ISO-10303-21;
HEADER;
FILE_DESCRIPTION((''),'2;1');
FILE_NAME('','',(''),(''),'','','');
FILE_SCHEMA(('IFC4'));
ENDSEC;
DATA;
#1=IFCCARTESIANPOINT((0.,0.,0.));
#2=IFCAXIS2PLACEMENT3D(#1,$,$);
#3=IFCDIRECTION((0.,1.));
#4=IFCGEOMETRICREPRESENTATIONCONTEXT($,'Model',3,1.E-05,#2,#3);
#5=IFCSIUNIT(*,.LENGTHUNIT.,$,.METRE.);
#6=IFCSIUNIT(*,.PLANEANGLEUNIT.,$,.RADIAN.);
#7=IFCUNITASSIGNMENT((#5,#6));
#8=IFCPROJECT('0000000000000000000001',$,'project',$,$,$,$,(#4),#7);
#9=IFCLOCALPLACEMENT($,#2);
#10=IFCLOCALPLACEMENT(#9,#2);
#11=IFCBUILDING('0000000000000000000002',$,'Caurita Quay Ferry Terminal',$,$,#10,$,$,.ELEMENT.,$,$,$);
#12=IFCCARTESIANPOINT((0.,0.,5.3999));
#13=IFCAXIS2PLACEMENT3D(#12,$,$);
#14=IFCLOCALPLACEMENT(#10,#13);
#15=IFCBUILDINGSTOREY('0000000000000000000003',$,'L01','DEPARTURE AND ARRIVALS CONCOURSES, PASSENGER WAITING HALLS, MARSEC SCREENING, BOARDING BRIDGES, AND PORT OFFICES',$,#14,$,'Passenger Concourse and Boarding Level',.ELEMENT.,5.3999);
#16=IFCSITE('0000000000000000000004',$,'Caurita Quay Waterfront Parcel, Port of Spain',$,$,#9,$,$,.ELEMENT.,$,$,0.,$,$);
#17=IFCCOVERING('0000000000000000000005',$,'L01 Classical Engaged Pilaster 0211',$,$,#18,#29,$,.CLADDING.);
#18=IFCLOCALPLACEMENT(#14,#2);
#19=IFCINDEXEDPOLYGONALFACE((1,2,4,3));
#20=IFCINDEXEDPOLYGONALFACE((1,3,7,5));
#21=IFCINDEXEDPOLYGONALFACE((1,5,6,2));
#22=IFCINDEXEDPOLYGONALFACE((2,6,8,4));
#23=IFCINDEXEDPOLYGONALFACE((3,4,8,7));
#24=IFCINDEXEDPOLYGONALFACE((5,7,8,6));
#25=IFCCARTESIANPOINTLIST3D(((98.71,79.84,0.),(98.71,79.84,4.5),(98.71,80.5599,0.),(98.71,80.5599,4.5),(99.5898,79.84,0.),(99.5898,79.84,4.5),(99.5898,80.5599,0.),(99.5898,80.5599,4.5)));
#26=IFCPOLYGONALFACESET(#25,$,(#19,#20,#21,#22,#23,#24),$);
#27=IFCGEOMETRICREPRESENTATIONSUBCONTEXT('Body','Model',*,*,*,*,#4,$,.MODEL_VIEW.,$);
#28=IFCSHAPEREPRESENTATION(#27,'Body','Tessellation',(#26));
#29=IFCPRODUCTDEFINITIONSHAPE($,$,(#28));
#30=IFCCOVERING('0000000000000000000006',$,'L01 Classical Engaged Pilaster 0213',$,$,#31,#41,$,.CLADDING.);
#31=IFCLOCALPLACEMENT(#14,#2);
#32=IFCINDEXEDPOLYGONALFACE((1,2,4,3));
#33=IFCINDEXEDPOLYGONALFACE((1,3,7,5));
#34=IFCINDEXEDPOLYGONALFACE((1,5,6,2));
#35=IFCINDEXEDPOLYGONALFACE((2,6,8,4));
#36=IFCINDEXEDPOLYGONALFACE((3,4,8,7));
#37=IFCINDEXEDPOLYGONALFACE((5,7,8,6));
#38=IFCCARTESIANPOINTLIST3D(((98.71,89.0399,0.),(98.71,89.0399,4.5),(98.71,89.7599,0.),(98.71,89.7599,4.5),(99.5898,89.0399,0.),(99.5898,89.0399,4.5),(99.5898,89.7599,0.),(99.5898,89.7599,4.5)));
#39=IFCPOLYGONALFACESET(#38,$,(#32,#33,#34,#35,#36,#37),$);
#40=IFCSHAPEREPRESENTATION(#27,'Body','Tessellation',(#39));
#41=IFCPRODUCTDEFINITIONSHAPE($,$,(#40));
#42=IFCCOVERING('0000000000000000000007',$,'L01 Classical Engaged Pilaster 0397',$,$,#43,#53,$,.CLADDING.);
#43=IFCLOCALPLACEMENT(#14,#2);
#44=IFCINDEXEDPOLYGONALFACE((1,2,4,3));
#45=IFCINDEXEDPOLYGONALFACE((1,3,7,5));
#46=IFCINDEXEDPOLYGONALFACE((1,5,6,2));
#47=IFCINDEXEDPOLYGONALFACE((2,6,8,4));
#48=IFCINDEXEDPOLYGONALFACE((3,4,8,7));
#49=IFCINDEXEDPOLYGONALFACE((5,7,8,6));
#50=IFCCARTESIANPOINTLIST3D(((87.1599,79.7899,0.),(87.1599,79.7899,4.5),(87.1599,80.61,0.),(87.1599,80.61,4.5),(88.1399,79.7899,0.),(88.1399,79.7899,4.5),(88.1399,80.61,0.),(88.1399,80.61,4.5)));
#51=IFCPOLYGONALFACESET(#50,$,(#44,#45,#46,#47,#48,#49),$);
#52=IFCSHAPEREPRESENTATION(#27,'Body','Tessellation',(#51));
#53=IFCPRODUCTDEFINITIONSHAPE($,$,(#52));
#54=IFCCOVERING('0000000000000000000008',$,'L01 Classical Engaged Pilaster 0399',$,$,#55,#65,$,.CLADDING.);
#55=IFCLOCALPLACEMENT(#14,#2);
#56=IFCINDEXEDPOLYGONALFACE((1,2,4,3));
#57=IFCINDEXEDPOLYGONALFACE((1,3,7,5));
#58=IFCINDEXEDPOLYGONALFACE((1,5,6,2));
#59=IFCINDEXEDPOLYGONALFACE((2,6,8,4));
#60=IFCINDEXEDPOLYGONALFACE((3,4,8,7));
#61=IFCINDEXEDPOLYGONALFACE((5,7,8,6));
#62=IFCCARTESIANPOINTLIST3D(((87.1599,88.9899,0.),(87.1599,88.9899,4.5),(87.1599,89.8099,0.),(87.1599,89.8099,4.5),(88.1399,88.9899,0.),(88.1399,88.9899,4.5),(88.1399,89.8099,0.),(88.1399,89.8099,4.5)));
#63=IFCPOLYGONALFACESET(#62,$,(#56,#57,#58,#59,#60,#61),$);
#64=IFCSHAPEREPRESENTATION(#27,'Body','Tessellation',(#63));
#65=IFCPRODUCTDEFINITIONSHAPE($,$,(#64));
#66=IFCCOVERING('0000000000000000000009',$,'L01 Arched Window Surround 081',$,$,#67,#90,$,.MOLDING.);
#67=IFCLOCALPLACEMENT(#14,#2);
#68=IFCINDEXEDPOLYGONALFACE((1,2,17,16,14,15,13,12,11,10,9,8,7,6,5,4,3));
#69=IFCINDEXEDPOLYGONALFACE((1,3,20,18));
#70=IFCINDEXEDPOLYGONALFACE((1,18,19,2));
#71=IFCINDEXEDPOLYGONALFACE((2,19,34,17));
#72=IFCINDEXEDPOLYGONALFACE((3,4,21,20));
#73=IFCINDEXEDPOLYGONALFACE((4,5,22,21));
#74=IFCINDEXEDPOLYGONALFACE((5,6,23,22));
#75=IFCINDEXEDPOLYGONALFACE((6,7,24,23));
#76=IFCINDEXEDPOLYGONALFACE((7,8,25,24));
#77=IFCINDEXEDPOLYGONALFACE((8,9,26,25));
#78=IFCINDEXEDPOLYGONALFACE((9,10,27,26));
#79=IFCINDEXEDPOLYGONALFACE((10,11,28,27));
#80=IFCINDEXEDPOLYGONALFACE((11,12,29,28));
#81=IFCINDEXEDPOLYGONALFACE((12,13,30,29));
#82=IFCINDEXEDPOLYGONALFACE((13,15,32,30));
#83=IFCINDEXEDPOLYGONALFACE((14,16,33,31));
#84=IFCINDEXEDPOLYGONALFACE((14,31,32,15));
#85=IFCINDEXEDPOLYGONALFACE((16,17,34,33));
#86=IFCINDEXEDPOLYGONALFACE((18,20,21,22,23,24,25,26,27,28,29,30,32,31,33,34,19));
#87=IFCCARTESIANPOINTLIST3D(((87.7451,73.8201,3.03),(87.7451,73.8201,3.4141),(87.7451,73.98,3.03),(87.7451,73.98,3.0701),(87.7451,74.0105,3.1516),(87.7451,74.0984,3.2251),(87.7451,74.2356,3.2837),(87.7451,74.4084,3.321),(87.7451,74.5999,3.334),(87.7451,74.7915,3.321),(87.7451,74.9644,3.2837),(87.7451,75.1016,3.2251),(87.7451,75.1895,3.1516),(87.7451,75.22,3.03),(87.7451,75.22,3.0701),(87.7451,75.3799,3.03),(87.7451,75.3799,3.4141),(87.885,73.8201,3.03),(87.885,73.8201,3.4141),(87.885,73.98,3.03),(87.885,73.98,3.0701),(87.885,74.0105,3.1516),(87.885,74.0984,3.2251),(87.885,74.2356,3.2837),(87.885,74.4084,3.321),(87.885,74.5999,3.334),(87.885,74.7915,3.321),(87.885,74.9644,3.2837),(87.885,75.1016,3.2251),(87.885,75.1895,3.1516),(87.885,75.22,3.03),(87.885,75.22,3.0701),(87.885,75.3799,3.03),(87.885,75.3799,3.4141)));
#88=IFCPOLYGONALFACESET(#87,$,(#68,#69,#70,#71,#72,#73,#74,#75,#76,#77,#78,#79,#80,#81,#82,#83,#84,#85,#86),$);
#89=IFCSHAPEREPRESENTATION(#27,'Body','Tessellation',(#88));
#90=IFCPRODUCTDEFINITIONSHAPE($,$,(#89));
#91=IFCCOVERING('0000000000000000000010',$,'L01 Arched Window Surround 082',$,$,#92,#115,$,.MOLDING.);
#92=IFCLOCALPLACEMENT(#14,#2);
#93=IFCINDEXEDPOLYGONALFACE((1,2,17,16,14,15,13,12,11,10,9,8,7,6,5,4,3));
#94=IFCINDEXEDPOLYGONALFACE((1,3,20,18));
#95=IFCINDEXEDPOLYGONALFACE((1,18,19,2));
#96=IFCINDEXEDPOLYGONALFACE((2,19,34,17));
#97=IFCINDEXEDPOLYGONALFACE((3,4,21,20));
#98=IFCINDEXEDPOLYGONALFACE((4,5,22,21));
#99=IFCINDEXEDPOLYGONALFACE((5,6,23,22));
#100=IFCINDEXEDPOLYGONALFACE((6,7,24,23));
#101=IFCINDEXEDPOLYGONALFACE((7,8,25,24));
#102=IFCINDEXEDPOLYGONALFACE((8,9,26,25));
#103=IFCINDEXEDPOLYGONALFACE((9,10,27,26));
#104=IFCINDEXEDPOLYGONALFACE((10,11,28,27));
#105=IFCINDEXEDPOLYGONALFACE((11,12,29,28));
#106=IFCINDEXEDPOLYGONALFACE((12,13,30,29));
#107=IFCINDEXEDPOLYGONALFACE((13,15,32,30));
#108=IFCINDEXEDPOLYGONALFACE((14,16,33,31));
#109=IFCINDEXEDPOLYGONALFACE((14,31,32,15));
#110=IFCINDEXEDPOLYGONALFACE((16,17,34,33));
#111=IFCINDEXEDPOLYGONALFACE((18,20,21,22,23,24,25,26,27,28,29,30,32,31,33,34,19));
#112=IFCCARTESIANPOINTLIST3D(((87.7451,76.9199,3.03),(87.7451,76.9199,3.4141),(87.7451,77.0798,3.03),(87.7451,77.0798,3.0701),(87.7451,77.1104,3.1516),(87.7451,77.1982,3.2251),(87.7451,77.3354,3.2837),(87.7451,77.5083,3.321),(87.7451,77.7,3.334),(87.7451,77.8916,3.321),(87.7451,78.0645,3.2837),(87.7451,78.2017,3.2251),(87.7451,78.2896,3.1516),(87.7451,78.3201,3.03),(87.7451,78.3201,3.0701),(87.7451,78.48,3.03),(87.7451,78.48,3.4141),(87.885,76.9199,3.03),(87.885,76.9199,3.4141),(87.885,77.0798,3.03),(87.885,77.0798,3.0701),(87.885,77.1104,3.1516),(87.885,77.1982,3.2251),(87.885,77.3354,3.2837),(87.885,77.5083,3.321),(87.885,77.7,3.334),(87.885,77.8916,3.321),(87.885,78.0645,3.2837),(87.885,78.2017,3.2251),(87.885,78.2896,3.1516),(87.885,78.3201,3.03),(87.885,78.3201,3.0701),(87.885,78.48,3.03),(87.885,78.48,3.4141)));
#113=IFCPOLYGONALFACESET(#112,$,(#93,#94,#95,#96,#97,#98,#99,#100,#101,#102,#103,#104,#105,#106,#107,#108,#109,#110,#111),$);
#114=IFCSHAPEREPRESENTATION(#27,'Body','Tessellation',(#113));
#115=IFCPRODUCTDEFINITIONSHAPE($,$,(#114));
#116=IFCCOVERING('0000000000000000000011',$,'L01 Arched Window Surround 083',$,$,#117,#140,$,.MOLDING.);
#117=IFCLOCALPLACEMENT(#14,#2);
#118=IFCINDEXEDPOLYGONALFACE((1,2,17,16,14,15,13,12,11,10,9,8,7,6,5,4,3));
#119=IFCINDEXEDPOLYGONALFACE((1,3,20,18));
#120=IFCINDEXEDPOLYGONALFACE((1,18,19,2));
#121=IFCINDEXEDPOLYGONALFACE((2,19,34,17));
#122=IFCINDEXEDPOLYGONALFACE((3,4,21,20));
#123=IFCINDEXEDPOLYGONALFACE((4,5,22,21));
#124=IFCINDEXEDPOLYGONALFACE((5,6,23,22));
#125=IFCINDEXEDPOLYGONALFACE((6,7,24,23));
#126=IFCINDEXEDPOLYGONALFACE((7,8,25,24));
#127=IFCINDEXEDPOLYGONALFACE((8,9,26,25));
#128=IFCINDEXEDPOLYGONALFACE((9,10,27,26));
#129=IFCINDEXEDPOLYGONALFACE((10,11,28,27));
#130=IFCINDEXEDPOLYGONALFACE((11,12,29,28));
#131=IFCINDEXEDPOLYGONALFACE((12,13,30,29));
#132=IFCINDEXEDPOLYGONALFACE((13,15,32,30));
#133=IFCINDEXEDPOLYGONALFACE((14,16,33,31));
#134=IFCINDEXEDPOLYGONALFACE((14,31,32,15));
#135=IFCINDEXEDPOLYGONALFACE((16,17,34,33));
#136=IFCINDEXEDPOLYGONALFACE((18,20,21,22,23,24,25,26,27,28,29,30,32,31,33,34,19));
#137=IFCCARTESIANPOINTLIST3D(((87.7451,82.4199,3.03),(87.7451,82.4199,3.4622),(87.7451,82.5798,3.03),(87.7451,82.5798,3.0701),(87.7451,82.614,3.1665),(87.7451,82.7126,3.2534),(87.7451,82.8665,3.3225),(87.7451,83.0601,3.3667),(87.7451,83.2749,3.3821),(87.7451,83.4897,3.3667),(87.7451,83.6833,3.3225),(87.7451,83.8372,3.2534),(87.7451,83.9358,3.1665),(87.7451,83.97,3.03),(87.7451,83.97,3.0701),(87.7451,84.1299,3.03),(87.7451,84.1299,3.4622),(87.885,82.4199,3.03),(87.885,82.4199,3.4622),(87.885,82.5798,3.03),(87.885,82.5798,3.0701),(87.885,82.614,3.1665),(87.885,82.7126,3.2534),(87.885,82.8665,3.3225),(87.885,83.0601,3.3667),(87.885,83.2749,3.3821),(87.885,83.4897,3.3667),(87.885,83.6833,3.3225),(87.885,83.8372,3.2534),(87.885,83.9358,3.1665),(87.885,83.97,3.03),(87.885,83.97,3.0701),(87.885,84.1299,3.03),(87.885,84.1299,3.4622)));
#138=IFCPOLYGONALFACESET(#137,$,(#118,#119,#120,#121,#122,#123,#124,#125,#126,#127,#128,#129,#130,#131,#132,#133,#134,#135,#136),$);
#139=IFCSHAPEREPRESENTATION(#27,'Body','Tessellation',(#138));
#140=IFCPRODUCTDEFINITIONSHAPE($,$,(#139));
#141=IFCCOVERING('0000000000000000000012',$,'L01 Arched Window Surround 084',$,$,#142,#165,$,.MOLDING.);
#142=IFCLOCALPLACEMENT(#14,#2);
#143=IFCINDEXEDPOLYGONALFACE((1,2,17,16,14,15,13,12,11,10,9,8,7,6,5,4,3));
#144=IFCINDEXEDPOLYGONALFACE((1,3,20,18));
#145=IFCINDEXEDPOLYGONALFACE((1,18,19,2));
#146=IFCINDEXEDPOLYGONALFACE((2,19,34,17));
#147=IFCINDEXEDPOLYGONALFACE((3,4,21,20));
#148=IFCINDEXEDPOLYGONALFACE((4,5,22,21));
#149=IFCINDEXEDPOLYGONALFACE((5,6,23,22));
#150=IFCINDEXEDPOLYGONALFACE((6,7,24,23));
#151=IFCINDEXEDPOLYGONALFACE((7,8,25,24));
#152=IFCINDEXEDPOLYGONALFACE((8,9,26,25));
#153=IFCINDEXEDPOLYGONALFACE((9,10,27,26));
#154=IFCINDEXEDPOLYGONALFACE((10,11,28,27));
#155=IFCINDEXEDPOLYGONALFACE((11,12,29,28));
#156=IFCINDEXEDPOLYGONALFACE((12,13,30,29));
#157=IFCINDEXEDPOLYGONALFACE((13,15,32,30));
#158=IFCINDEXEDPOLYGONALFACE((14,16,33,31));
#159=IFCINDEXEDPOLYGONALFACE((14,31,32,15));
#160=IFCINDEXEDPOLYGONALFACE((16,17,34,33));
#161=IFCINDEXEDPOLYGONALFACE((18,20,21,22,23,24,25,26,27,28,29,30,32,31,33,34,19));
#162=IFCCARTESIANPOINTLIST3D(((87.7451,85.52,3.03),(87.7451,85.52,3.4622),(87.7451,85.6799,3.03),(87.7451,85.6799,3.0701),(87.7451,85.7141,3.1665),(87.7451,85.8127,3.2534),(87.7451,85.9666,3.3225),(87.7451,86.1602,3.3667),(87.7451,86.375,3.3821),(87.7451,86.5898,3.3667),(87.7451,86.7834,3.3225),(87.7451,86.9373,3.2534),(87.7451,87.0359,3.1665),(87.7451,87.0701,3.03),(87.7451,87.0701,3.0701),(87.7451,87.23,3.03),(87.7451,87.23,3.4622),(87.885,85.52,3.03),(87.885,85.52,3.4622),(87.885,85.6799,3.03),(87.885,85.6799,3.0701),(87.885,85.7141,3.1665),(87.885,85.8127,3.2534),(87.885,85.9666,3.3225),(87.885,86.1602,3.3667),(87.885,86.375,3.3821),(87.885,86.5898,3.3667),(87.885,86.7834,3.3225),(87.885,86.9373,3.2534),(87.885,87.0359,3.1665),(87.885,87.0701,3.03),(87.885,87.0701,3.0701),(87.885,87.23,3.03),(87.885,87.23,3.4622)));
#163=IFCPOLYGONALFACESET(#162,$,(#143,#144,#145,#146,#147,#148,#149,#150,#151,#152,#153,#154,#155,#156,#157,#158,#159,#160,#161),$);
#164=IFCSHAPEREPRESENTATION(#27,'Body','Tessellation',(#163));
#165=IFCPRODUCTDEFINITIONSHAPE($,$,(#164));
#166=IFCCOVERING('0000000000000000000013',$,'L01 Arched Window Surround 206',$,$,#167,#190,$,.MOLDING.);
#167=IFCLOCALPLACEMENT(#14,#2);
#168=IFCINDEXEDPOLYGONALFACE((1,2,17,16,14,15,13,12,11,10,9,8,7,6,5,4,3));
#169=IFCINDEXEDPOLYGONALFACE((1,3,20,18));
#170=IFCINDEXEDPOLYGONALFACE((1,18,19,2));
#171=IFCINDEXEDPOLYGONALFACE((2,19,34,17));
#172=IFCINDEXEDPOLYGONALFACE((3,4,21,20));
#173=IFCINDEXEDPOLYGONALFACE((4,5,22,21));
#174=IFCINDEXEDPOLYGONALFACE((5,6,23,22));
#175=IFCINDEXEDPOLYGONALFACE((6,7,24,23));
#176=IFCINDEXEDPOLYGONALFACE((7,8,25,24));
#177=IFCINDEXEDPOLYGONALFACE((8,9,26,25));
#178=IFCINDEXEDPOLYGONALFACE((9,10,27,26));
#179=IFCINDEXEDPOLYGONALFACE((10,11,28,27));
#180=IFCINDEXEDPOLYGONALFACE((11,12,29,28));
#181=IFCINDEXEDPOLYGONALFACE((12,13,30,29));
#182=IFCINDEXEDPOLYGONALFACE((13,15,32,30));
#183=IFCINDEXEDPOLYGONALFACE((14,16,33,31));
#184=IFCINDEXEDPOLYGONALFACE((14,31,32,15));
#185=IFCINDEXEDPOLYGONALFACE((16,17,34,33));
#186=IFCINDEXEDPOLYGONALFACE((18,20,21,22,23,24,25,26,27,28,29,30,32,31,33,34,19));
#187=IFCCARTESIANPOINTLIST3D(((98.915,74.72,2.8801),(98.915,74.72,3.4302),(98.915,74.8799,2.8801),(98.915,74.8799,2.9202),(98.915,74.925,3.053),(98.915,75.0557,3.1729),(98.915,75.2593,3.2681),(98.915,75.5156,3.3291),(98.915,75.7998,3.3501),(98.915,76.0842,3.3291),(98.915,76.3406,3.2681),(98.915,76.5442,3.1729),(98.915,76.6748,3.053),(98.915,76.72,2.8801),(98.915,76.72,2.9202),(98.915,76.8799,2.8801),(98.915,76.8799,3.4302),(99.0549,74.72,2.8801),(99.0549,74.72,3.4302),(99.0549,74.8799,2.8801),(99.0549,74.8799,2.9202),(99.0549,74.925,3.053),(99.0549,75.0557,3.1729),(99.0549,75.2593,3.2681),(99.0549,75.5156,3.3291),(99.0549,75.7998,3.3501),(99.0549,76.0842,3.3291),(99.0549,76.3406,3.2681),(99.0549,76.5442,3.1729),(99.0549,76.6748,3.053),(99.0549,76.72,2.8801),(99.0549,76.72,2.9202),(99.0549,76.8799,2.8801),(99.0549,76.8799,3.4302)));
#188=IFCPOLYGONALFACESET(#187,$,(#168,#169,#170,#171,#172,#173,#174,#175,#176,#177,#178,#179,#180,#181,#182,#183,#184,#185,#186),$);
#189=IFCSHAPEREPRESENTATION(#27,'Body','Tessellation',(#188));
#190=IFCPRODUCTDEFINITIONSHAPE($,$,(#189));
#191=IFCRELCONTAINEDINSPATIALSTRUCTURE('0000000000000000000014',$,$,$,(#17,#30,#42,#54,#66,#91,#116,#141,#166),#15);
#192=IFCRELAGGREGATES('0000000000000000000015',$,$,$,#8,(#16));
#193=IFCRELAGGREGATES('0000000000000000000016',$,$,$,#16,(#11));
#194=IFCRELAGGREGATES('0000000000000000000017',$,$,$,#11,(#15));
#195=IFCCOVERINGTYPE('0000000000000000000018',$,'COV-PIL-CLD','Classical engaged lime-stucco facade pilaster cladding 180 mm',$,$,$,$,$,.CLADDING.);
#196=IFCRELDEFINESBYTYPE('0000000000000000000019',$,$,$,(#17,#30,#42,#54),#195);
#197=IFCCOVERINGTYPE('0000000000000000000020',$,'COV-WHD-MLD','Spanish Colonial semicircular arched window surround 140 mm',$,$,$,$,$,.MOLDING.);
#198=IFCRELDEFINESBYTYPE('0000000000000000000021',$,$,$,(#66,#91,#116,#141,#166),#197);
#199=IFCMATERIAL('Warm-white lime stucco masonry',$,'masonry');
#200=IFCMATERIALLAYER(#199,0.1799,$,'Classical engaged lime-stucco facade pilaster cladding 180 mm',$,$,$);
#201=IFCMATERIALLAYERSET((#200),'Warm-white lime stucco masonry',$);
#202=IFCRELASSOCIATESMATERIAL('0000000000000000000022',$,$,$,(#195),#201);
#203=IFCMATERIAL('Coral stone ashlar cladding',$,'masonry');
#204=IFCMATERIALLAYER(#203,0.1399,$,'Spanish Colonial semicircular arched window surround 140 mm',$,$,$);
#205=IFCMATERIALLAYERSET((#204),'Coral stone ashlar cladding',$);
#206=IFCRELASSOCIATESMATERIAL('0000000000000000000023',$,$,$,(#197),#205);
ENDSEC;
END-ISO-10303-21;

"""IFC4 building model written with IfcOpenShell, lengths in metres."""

from ifc_helpers import new_model, si_unit, direction, frame, origin, origin_2d, place, context, subcontext, project, spatial, polyline, rectangle, outline, extrude, material, layer, layer_set, type_object, element, save


model = new_model("IFC4")

# Units and contexts
model_context = context("Model", 3, precision=1e-05, world=origin(), true_north=direction((0.0, 1.0)))
body_context = subcontext(model_context, "Body", "Model", "MODEL_VIEW")
ifc_project = project(units=[si_unit("LENGTHUNIT", "METRE"), si_unit("PLANEANGLEUNIT", "RADIAN")], contexts=[model_context])

# Site, building, storey
site_placement = place(None, origin())
site = spatial("IfcSite", under=ifc_project, at=site_placement, Name="Caurita Quay Waterfront Parcel, Port of Spain", CompositionType="ELEMENT", RefElevation=0.0)
building_placement = place(site_placement, origin())
building = spatial("IfcBuilding", under=site, at=building_placement, Name="Caurita Quay Ferry Terminal", CompositionType="ELEMENT")
storey_placement = place(building_placement, frame((0.0, 0.0, 5.3999)))
storey = spatial("IfcBuildingStorey", under=building, at=storey_placement, Name="L01", Description="DEPARTURE AND ARRIVALS CONCOURSES, PASSENGER WAITING HALLS, MARSEC SCREENING, BOARDING BRIDGES, AND PORT OFFICES", LongName="Passenger Concourse and Boarding Level", CompositionType="ELEMENT", Elevation=5.3999)

# Coverings
ifc_material_1 = material(Name="Warm-white lime stucco masonry", Category="masonry")
ifc_layer_1 = layer(ifc_material_1, 0.1799, Name="Classical engaged lime-stucco facade pilaster cladding 180 mm")
ifc_layer_set_1 = layer_set([ifc_layer_1], Name="Warm-white lime stucco masonry")
covering_type_1 = type_object("IfcCoveringType", Name="COV-PIL-CLD", Description="Classical engaged lime-stucco facade pilaster cladding 180 mm", PredefinedType="CLADDING", material=ifc_layer_set_1)
for number, where, z_axis, x_axis, name in (
    (1, (99.1499, 80.2, 0.0), (0.0, 0.0, 1.0), (1.0, 0.0, 0.0), "L01 Classical Engaged Pilaster 0211"),
    (2, (99.1499, 89.3999, 0.0), (0.0, 0.0, 1.0), (1.0, 0.0, 0.0), "L01 Classical Engaged Pilaster 0213"),
):
    element("IfcCovering", number, at=place(storey_placement, frame(where, z_axis=z_axis, x_axis=x_axis)), inside=storey, type_object=covering_type_1, Name=name, PredefinedType="CLADDING", context=body_context, shape_type="SweptSolid", body=[
        extrude(rectangle(XDim=0.8799, YDim=0.72, at=origin_2d()), origin(), (0.0, 0.0, 1.0), 4.5),
    ])
for number, where, z_axis, x_axis, name in (
    (3, (87.6499, 80.2, 0.0), (0.0, 0.0, 1.0), (1.0, 0.0, 0.0), "L01 Classical Engaged Pilaster 0397"),
    (4, (87.6499, 89.3999, 0.0), (0.0, 0.0, 1.0), (1.0, 0.0, 0.0), "L01 Classical Engaged Pilaster 0399"),
):
    element("IfcCovering", number, at=place(storey_placement, frame(where, z_axis=z_axis, x_axis=x_axis)), inside=storey, type_object=covering_type_1, Name=name, PredefinedType="CLADDING", context=body_context, shape_type="SweptSolid", body=[
        extrude(rectangle(XDim=0.98, YDim=0.8201, at=origin_2d()), origin(), (0.0, 0.0, 1.0), 4.5),
    ])
ifc_material_2 = material(Name="Coral stone ashlar cladding", Category="masonry")
ifc_layer_2 = layer(ifc_material_2, 0.1399, Name="Spanish Colonial semicircular arched window surround 140 mm")
ifc_layer_set_2 = layer_set([ifc_layer_2], Name="Coral stone ashlar cladding")
covering_type_2 = type_object("IfcCoveringType", Name="COV-WHD-MLD", Description="Spanish Colonial semicircular arched window surround 140 mm", PredefinedType="MOLDING", material=ifc_layer_set_2)
covering_1_placement = place(storey_placement, frame((87.8149, 73.8201, 3.03), z_axis=(0.0, 0.0, 1.0), x_axis=(0.0, 1.0, 0.0)))
element("IfcCovering", 5, at=covering_1_placement, inside=storey, type_object=covering_type_2, Name="L01 Arched Window Surround 081", PredefinedType="MOLDING", context=body_context, shape_type="SweptSolid", body=[
    extrude(outline(polyline([(0.0, 0.0), (0.1599, 0.0), (0.1599, 0.04), (0.1904, 0.1216), (0.2783, 0.1951), (0.4155, 0.2537), (0.5884, 0.291), (0.7798, 0.304), (0.9714, 0.291), (1.1443, 0.2537), (1.2815, 0.1951), (1.3694, 0.1216), (1.3999, 0.04), (1.3999, 0.0), (1.5598, 0.0), (1.5598, 0.384), (0.0, 0.384), (0.0, 0.0)])), frame((0.0, 0.0698, 0.0), z_axis=(0.0, -1.0, 0.0), x_axis=(1.0, 0.0, 0.0)), (0.0, 0.0, 1.0), 0.1399),
])
covering_2_placement = place(storey_placement, frame((87.8149, 76.9199, 3.03), z_axis=(0.0, 0.0, 1.0), x_axis=(0.0, 1.0, 0.0)))
element("IfcCovering", 6, at=covering_2_placement, inside=storey, type_object=covering_type_2, Name="L01 Arched Window Surround 082", PredefinedType="MOLDING", context=body_context, shape_type="SweptSolid", body=[
    extrude(outline(polyline([(0.0, 0.0), (0.1599, 0.0), (0.1599, 0.04), (0.1904, 0.1216), (0.2783, 0.1951), (0.4155, 0.2537), (0.5884, 0.291), (0.78, 0.304), (0.9717, 0.291), (1.1445, 0.2537), (1.2817, 0.1951), (1.3696, 0.1216), (1.4001, 0.04), (1.4001, 0.0), (1.5601, 0.0), (1.5601, 0.384), (0.0, 0.384), (0.0, 0.0)])), frame((0.0, 0.0698, 0.0), z_axis=(0.0, -1.0, 0.0), x_axis=(1.0, 0.0, 0.0)), (0.0, 0.0, 1.0), 0.1399),
])
for number, where, z_axis, x_axis, name in (
    (7, (87.8149, 82.4199, 3.03), (0.0, 0.0, 1.0), (0.0, 1.0, 0.0), "L01 Arched Window Surround 083"),
    (8, (87.8149, 85.52, 3.03), (0.0, 0.0, 1.0), (0.0, 1.0, 0.0), "L01 Arched Window Surround 084"),
):
    element("IfcCovering", number, at=place(storey_placement, frame(where, z_axis=z_axis, x_axis=x_axis)), inside=storey, type_object=covering_type_2, Name=name, PredefinedType="MOLDING", context=body_context, shape_type="SweptSolid", body=[
        extrude(outline(polyline([(0.0, 0.0), (0.1599, 0.0), (0.1599, 0.04), (0.1941, 0.1365), (0.2927, 0.2234), (0.4465, 0.2925), (0.6401, 0.3367), (0.855, 0.3521), (1.0698, 0.3367), (1.2634, 0.2925), (1.4172, 0.2234), (1.5159, 0.1365), (1.55, 0.04), (1.55, 0.0), (1.71, 0.0), (1.71, 0.4321), (0.0, 0.4321), (0.0, 0.0)])), frame((0.0, 0.0698, 0.0), z_axis=(0.0, -1.0, 0.0), x_axis=(1.0, 0.0, 0.0)), (0.0, 0.0, 1.0), 0.1399),
    ])
covering_3_placement = place(storey_placement, frame((98.9851, 76.8799, 2.8801), z_axis=(0.0, 0.0, 1.0), x_axis=(0.0, -1.0, 0.0)))
element("IfcCovering", 9, at=covering_3_placement, inside=storey, type_object=covering_type_2, Name="L01 Arched Window Surround 206", PredefinedType="MOLDING", context=body_context, shape_type="SweptSolid", body=[
    extrude(outline(polyline([(0.0, 0.0), (0.1599, 0.0), (0.1599, 0.04), (0.2051, 0.1729), (0.3357, 0.2927), (0.5393, 0.3879), (0.7957, 0.449), (1.0801, 0.47), (1.3643, 0.449), (1.6206, 0.3879), (1.8242, 0.2927), (1.9548, 0.1729), (2.0, 0.04), (2.0, 0.0), (2.1599, 0.0), (2.1599, 0.55), (0.0, 0.55), (0.0, 0.0)])), frame((0.0, 0.0698, 0.0), z_axis=(0.0, -1.0, 0.0), x_axis=(1.0, 0.0, 0.0)), (0.0, 0.0, 1.0), 0.1399),
])

save(model, "model.ifc")
